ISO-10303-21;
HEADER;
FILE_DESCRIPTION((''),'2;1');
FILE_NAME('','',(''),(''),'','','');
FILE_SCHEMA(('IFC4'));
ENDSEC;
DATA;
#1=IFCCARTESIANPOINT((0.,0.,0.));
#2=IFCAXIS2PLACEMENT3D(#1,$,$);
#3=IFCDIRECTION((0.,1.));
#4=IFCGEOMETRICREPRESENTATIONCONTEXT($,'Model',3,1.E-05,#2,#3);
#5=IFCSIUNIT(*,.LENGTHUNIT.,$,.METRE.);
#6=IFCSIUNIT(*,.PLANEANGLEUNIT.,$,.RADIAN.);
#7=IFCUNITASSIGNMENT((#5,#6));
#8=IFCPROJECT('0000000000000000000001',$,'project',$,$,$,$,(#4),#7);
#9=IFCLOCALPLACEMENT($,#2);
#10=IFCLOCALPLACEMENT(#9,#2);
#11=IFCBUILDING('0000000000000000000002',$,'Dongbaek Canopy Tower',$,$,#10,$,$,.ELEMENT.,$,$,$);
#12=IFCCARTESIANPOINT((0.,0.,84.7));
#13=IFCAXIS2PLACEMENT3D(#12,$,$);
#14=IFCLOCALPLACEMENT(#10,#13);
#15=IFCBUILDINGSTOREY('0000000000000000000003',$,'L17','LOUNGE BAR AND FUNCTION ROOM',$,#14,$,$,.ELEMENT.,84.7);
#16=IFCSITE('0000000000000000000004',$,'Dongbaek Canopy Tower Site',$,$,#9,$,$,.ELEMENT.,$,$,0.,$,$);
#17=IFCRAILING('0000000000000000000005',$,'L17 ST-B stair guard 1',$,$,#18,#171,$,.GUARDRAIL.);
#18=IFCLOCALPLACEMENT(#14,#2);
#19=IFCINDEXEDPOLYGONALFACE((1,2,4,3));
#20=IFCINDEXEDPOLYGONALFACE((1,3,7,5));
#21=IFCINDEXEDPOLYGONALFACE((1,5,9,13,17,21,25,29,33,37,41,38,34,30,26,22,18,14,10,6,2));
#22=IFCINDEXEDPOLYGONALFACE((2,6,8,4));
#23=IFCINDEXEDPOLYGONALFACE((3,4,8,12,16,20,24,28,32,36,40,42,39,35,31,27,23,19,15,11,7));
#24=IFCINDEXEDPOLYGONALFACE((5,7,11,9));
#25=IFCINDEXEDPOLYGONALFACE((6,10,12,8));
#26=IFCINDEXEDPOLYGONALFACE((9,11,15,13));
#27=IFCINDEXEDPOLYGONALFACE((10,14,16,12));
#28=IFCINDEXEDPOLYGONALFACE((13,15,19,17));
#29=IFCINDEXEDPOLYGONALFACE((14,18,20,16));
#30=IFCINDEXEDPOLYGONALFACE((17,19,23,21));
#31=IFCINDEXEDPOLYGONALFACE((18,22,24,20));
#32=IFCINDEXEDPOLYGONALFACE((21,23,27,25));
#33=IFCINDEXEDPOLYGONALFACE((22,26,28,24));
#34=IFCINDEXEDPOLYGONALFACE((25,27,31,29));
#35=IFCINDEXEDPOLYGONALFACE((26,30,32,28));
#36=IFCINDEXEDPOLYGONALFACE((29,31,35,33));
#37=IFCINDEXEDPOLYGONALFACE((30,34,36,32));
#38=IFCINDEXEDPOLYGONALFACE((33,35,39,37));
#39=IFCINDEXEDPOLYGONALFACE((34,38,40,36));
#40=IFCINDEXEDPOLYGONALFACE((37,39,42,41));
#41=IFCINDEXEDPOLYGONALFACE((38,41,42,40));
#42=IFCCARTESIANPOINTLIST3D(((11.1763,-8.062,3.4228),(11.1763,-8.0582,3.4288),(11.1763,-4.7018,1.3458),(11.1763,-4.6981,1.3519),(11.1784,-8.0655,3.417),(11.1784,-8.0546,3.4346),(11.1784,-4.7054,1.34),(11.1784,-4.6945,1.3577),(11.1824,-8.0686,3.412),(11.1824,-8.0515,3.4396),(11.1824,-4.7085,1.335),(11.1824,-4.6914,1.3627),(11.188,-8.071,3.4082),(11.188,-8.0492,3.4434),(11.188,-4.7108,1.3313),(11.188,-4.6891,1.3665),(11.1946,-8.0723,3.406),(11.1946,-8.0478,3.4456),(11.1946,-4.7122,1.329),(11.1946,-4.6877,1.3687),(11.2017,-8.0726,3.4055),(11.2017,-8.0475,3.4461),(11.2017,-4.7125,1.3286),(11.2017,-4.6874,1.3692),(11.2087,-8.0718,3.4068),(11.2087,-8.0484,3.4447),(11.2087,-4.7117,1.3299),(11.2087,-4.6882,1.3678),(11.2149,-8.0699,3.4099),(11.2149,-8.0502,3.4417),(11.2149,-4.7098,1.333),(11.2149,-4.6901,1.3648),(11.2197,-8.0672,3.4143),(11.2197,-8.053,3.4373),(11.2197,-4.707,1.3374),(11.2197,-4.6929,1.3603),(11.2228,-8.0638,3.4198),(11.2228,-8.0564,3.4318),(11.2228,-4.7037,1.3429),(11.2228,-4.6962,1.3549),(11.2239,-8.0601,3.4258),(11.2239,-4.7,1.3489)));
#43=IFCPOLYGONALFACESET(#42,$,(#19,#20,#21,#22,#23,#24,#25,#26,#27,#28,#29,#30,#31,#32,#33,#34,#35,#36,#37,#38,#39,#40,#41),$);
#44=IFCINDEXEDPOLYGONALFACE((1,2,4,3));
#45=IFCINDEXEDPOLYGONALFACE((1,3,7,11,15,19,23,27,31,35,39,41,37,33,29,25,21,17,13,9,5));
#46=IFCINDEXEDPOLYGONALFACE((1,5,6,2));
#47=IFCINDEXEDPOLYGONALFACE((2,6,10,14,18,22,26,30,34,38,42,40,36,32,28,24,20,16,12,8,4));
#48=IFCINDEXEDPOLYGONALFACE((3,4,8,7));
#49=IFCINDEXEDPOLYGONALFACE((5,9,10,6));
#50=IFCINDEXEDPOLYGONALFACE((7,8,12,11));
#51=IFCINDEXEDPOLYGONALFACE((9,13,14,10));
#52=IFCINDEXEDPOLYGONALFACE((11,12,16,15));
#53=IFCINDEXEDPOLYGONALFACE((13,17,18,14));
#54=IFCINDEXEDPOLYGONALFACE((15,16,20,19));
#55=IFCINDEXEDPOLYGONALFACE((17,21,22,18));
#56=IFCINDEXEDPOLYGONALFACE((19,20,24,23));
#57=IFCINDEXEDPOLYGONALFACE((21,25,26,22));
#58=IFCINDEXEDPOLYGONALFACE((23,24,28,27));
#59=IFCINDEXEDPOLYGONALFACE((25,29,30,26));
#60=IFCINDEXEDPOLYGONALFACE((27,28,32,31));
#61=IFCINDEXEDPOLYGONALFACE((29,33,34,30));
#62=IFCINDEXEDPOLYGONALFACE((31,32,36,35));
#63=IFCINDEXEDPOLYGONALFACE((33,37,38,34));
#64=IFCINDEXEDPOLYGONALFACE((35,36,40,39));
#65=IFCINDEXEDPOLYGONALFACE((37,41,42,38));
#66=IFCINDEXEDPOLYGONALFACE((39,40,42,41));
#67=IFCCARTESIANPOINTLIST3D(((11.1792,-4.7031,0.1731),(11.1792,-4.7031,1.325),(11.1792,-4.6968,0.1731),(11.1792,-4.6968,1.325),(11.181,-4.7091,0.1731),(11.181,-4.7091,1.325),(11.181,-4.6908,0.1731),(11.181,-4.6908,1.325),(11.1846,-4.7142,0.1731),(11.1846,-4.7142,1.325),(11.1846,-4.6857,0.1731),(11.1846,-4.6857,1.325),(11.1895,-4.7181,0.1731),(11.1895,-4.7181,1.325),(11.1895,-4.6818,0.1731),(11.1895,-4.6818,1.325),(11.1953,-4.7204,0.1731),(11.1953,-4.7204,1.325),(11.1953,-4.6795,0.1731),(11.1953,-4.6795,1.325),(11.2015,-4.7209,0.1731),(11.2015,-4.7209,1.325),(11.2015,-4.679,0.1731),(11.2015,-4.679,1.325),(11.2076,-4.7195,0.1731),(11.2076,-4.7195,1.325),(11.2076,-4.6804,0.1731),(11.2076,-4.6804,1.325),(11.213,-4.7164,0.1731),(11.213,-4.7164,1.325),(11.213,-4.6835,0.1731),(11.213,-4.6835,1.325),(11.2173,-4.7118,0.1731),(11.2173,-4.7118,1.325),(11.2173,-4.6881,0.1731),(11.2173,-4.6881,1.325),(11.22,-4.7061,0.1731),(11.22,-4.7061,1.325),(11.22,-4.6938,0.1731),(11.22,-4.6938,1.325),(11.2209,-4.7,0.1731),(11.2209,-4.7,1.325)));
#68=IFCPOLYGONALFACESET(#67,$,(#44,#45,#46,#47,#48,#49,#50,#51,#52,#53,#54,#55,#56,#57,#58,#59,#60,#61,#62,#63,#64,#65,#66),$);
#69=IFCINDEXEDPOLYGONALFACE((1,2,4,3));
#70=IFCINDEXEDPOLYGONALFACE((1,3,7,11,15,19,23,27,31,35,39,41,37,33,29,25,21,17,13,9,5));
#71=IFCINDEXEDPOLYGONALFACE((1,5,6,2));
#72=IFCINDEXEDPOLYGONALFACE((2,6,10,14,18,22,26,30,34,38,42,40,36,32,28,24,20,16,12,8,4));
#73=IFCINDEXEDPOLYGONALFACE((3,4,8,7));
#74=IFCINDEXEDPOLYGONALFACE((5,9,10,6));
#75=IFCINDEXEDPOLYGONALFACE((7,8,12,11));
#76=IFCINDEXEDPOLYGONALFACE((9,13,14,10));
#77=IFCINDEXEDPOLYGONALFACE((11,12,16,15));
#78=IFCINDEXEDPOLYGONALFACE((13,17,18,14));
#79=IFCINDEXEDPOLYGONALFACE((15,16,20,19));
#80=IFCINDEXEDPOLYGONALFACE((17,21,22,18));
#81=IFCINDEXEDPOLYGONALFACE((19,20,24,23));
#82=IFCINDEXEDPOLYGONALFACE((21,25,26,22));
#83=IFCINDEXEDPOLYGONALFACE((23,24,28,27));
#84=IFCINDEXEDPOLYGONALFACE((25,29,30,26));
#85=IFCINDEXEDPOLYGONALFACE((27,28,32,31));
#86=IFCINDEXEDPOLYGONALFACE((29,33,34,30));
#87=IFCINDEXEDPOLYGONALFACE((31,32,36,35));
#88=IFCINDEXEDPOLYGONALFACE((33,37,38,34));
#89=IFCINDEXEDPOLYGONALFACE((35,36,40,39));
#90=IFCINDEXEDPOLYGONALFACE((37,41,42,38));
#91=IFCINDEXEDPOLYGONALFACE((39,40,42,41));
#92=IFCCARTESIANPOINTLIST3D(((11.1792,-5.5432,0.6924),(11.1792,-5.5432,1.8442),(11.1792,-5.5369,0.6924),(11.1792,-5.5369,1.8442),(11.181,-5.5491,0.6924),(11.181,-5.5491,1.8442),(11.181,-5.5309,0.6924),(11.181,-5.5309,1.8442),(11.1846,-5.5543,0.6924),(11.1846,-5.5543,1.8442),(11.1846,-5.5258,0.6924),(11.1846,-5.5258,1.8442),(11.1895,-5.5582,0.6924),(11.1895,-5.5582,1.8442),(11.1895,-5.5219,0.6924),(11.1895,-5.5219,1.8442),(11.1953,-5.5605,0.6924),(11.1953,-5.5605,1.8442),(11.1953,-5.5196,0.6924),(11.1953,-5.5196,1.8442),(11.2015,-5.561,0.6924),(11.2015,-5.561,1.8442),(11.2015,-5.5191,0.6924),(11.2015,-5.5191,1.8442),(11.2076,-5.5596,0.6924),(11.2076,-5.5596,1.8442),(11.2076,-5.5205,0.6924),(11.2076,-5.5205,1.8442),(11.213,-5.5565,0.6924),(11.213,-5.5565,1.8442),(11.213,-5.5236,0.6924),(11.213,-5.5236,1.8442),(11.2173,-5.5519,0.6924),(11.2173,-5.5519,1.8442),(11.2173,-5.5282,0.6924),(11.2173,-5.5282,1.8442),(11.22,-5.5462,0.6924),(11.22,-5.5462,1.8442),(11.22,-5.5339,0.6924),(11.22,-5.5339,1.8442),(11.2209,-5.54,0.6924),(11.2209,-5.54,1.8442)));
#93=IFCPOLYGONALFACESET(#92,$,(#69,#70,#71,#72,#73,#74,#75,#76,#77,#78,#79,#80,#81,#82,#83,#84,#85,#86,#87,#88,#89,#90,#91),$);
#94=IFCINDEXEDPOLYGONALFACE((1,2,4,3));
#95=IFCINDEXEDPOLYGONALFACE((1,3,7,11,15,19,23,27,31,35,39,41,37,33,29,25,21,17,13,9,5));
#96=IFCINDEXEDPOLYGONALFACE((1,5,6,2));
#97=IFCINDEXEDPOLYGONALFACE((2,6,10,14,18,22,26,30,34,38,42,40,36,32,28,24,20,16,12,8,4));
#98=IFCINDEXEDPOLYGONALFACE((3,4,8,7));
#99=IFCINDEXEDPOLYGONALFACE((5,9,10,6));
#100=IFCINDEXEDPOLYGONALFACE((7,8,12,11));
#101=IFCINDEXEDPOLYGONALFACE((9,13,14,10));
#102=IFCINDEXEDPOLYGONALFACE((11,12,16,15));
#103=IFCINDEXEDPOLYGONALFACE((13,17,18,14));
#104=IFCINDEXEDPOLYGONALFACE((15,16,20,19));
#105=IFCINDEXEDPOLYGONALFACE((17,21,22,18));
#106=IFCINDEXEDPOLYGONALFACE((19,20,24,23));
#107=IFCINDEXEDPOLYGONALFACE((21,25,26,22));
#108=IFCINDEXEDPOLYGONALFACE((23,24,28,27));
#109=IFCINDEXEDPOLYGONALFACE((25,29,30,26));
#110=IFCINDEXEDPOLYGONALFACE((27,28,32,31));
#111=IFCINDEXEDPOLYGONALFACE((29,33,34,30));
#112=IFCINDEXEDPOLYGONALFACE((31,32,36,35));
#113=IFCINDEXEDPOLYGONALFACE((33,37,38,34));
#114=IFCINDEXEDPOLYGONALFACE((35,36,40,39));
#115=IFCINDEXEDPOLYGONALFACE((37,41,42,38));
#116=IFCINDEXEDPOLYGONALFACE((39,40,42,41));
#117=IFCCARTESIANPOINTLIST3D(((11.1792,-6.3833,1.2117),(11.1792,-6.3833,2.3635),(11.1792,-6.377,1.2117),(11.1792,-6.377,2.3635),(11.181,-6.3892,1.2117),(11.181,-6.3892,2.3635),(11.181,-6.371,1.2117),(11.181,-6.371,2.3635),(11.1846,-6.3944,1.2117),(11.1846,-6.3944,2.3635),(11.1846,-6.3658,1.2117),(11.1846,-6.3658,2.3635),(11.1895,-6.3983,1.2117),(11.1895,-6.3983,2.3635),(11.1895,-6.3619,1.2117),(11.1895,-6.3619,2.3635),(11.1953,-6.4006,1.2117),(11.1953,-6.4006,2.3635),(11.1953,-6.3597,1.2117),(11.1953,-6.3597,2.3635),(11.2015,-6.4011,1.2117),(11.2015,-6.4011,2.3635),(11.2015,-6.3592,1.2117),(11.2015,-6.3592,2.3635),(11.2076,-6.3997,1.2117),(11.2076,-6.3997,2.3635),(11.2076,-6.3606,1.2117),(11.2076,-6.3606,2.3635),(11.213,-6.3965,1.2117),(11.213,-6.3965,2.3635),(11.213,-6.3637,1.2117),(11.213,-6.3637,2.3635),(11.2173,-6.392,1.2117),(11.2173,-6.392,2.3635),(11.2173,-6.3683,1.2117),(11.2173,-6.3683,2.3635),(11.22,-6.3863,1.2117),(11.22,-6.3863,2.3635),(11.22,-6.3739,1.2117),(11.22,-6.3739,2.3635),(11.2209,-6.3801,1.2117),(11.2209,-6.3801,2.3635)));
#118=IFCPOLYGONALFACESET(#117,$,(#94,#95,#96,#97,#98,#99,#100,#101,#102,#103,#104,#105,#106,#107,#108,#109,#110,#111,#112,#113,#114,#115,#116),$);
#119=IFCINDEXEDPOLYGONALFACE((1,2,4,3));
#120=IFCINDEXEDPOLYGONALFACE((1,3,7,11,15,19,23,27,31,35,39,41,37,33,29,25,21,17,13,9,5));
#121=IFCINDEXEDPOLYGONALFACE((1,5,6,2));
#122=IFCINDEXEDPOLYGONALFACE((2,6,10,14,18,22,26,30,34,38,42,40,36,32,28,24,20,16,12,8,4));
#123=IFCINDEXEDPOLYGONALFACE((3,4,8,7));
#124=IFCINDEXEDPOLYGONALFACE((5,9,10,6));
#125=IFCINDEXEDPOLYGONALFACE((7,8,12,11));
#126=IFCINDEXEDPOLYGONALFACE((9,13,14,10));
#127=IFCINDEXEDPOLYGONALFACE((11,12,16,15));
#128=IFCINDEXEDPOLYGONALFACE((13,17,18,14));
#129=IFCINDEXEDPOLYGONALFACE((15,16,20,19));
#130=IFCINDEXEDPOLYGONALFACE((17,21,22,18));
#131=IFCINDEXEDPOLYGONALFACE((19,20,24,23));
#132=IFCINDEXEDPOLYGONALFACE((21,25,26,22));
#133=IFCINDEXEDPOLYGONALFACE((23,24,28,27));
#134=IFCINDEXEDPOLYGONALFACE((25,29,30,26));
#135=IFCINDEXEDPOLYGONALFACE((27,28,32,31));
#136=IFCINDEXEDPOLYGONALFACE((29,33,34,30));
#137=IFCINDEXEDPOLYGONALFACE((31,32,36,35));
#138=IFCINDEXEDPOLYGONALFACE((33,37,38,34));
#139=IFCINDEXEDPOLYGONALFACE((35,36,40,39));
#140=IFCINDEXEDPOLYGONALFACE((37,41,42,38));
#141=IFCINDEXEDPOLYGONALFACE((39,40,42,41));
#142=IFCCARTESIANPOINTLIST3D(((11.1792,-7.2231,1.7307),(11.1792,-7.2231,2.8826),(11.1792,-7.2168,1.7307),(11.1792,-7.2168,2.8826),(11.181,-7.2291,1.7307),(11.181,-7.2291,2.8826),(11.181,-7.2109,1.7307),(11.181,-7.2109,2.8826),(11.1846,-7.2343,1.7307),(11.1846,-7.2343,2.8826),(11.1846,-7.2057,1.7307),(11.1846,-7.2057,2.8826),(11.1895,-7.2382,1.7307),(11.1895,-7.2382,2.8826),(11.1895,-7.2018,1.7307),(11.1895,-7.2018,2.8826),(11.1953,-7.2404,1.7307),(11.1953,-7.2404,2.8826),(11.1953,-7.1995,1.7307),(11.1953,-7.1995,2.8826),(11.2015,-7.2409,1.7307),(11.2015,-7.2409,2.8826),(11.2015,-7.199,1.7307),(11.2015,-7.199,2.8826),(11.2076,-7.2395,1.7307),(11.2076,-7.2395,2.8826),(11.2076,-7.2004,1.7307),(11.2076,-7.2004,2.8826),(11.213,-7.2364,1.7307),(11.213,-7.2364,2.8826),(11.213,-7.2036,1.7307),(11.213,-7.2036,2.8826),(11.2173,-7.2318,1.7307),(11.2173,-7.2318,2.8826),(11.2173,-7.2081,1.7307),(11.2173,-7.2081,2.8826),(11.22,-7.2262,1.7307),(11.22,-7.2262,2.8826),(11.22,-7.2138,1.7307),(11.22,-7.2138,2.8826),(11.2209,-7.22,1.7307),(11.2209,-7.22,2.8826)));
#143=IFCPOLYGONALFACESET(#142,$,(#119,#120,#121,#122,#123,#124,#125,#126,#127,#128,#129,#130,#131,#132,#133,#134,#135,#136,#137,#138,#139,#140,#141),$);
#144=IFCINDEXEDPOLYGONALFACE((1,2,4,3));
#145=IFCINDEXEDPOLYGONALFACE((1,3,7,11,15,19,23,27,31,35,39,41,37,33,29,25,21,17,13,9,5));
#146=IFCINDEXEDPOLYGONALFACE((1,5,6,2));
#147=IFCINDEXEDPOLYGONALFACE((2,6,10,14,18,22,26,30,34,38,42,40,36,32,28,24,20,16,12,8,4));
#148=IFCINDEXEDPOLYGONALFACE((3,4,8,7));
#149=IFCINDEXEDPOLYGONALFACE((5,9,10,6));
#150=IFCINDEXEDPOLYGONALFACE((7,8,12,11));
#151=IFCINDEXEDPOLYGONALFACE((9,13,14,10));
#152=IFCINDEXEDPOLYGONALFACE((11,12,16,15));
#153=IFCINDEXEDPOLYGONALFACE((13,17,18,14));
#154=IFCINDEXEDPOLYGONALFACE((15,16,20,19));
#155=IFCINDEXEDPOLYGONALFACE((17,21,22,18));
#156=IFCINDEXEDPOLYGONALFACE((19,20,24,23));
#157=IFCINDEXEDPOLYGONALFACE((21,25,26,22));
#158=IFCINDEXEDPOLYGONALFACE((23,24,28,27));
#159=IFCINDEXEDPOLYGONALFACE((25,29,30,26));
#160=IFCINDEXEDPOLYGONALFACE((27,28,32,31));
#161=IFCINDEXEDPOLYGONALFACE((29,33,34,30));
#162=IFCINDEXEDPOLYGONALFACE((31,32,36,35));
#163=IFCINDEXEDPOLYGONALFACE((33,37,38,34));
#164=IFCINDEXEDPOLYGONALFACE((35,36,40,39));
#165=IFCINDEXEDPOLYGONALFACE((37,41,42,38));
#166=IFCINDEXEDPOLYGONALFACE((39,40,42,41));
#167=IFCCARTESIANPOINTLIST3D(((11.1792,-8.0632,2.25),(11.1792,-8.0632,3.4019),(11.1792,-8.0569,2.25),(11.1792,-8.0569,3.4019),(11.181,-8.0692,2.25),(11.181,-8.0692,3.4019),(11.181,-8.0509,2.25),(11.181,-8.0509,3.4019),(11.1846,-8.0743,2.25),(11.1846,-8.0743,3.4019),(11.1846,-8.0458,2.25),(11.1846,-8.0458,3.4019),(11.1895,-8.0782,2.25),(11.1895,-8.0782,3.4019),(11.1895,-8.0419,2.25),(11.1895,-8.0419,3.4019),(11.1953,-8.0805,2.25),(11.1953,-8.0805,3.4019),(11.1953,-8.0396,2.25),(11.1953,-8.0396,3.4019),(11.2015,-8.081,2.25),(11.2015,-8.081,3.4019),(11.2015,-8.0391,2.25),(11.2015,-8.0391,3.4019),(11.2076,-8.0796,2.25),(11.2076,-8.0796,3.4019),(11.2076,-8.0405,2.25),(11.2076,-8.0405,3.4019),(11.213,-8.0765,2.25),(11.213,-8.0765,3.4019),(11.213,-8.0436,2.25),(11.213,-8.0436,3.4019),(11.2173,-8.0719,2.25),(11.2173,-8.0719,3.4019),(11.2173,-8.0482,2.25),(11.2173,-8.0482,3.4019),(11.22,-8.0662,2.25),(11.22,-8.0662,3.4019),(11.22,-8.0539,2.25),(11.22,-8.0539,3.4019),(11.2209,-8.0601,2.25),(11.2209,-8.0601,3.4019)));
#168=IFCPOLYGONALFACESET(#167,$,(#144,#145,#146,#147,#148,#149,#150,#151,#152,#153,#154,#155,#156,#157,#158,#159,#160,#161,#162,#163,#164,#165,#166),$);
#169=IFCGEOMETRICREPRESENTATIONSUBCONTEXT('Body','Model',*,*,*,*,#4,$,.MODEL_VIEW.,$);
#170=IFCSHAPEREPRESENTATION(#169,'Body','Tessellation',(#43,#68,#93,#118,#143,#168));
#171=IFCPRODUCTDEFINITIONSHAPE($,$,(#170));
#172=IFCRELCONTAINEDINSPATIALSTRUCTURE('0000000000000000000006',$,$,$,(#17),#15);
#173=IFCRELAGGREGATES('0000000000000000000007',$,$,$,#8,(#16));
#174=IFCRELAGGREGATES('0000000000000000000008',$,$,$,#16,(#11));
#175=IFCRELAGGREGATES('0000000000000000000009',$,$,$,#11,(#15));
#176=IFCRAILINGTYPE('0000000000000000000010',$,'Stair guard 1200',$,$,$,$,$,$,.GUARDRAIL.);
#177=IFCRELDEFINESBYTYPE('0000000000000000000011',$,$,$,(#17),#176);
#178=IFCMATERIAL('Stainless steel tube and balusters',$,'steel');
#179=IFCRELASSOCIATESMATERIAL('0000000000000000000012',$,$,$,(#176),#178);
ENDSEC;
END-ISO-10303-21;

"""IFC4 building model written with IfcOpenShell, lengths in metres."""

from ifc_helpers import new_model, si_unit, direction, frame, origin, origin_2d, place, context, subcontext, project, spatial, circle, extrude, material, type_object, element, save


model = new_model("IFC4")

# Units and contexts
model_context = context("Model", 3, precision=1e-05, world=origin(), true_north=direction((0.0, 1.0)))
body_context = subcontext(model_context, "Body", "Model", "MODEL_VIEW")
ifc_project = project(units=[si_unit("LENGTHUNIT", "METRE"), si_unit("PLANEANGLEUNIT", "RADIAN")], contexts=[model_context])

# Site, building, storey
site_placement = place(None, origin())
site = spatial("IfcSite", under=ifc_project, at=site_placement, Name="Dongbaek Canopy Tower Site", CompositionType="ELEMENT", RefElevation=0.0)
building_placement = place(site_placement, origin())
building = spatial("IfcBuilding", under=site, at=building_placement, Name="Dongbaek Canopy Tower", CompositionType="ELEMENT")
storey_placement = place(building_placement, frame((0.0, 0.0, 84.7)))
storey = spatial("IfcBuildingStorey", under=building, at=storey_placement, Name="L17", Description="LOUNGE BAR AND FUNCTION ROOM", CompositionType="ELEMENT", Elevation=84.7)

# Railing
ifc_material_1 = material(Name="Stainless steel tube and balusters", Category="steel")
railing_type_1 = type_object("IfcRailingType", Name="Stair guard 1200", PredefinedType="GUARDRAIL", material=ifc_material_1)
railing_1_placement = place(storey_placement, frame((11.2, -4.7, 0.1731)))
element("IfcRailing", 1, at=railing_1_placement, inside=storey, type_object=railing_type_1, Name="L17 ST-B stair guard 1", PredefinedType="GUARDRAIL", context=body_context, shape_type="SweptSolid", body=[
    extrude(circle(Radius=0.0239, at=origin_2d()), frame((0.0, 0.0, 1.1758), z_axis=(0.0, -0.850623, 0.525776), x_axis=(1.0, 0.0, 0.0)), (0.0, 0.0, 1.0), 3.9502),
    extrude(circle(Radius=0.021, at=origin_2d()), origin(), (0.0, 0.0, 1.0), 1.1519),
    extrude(circle(Radius=0.021, at=origin_2d()), frame((0.0, -0.8401, 0.5193)), (0.0, 0.0, 1.0), 1.1519),
    extrude(circle(Radius=0.021, at=origin_2d()), frame((0.0, -1.6802, 1.0386)), (0.0, 0.0, 1.0), 1.1519),
    extrude(circle(Radius=0.021, at=origin_2d()), frame((0.0, -2.52, 1.5576)), (0.0, 0.0, 1.0), 1.1519),
    extrude(circle(Radius=0.021, at=origin_2d()), frame((0.0, -3.3601, 2.0769)), (0.0, 0.0, 1.0), 1.1519),
])

save(model, "model.ifc")
